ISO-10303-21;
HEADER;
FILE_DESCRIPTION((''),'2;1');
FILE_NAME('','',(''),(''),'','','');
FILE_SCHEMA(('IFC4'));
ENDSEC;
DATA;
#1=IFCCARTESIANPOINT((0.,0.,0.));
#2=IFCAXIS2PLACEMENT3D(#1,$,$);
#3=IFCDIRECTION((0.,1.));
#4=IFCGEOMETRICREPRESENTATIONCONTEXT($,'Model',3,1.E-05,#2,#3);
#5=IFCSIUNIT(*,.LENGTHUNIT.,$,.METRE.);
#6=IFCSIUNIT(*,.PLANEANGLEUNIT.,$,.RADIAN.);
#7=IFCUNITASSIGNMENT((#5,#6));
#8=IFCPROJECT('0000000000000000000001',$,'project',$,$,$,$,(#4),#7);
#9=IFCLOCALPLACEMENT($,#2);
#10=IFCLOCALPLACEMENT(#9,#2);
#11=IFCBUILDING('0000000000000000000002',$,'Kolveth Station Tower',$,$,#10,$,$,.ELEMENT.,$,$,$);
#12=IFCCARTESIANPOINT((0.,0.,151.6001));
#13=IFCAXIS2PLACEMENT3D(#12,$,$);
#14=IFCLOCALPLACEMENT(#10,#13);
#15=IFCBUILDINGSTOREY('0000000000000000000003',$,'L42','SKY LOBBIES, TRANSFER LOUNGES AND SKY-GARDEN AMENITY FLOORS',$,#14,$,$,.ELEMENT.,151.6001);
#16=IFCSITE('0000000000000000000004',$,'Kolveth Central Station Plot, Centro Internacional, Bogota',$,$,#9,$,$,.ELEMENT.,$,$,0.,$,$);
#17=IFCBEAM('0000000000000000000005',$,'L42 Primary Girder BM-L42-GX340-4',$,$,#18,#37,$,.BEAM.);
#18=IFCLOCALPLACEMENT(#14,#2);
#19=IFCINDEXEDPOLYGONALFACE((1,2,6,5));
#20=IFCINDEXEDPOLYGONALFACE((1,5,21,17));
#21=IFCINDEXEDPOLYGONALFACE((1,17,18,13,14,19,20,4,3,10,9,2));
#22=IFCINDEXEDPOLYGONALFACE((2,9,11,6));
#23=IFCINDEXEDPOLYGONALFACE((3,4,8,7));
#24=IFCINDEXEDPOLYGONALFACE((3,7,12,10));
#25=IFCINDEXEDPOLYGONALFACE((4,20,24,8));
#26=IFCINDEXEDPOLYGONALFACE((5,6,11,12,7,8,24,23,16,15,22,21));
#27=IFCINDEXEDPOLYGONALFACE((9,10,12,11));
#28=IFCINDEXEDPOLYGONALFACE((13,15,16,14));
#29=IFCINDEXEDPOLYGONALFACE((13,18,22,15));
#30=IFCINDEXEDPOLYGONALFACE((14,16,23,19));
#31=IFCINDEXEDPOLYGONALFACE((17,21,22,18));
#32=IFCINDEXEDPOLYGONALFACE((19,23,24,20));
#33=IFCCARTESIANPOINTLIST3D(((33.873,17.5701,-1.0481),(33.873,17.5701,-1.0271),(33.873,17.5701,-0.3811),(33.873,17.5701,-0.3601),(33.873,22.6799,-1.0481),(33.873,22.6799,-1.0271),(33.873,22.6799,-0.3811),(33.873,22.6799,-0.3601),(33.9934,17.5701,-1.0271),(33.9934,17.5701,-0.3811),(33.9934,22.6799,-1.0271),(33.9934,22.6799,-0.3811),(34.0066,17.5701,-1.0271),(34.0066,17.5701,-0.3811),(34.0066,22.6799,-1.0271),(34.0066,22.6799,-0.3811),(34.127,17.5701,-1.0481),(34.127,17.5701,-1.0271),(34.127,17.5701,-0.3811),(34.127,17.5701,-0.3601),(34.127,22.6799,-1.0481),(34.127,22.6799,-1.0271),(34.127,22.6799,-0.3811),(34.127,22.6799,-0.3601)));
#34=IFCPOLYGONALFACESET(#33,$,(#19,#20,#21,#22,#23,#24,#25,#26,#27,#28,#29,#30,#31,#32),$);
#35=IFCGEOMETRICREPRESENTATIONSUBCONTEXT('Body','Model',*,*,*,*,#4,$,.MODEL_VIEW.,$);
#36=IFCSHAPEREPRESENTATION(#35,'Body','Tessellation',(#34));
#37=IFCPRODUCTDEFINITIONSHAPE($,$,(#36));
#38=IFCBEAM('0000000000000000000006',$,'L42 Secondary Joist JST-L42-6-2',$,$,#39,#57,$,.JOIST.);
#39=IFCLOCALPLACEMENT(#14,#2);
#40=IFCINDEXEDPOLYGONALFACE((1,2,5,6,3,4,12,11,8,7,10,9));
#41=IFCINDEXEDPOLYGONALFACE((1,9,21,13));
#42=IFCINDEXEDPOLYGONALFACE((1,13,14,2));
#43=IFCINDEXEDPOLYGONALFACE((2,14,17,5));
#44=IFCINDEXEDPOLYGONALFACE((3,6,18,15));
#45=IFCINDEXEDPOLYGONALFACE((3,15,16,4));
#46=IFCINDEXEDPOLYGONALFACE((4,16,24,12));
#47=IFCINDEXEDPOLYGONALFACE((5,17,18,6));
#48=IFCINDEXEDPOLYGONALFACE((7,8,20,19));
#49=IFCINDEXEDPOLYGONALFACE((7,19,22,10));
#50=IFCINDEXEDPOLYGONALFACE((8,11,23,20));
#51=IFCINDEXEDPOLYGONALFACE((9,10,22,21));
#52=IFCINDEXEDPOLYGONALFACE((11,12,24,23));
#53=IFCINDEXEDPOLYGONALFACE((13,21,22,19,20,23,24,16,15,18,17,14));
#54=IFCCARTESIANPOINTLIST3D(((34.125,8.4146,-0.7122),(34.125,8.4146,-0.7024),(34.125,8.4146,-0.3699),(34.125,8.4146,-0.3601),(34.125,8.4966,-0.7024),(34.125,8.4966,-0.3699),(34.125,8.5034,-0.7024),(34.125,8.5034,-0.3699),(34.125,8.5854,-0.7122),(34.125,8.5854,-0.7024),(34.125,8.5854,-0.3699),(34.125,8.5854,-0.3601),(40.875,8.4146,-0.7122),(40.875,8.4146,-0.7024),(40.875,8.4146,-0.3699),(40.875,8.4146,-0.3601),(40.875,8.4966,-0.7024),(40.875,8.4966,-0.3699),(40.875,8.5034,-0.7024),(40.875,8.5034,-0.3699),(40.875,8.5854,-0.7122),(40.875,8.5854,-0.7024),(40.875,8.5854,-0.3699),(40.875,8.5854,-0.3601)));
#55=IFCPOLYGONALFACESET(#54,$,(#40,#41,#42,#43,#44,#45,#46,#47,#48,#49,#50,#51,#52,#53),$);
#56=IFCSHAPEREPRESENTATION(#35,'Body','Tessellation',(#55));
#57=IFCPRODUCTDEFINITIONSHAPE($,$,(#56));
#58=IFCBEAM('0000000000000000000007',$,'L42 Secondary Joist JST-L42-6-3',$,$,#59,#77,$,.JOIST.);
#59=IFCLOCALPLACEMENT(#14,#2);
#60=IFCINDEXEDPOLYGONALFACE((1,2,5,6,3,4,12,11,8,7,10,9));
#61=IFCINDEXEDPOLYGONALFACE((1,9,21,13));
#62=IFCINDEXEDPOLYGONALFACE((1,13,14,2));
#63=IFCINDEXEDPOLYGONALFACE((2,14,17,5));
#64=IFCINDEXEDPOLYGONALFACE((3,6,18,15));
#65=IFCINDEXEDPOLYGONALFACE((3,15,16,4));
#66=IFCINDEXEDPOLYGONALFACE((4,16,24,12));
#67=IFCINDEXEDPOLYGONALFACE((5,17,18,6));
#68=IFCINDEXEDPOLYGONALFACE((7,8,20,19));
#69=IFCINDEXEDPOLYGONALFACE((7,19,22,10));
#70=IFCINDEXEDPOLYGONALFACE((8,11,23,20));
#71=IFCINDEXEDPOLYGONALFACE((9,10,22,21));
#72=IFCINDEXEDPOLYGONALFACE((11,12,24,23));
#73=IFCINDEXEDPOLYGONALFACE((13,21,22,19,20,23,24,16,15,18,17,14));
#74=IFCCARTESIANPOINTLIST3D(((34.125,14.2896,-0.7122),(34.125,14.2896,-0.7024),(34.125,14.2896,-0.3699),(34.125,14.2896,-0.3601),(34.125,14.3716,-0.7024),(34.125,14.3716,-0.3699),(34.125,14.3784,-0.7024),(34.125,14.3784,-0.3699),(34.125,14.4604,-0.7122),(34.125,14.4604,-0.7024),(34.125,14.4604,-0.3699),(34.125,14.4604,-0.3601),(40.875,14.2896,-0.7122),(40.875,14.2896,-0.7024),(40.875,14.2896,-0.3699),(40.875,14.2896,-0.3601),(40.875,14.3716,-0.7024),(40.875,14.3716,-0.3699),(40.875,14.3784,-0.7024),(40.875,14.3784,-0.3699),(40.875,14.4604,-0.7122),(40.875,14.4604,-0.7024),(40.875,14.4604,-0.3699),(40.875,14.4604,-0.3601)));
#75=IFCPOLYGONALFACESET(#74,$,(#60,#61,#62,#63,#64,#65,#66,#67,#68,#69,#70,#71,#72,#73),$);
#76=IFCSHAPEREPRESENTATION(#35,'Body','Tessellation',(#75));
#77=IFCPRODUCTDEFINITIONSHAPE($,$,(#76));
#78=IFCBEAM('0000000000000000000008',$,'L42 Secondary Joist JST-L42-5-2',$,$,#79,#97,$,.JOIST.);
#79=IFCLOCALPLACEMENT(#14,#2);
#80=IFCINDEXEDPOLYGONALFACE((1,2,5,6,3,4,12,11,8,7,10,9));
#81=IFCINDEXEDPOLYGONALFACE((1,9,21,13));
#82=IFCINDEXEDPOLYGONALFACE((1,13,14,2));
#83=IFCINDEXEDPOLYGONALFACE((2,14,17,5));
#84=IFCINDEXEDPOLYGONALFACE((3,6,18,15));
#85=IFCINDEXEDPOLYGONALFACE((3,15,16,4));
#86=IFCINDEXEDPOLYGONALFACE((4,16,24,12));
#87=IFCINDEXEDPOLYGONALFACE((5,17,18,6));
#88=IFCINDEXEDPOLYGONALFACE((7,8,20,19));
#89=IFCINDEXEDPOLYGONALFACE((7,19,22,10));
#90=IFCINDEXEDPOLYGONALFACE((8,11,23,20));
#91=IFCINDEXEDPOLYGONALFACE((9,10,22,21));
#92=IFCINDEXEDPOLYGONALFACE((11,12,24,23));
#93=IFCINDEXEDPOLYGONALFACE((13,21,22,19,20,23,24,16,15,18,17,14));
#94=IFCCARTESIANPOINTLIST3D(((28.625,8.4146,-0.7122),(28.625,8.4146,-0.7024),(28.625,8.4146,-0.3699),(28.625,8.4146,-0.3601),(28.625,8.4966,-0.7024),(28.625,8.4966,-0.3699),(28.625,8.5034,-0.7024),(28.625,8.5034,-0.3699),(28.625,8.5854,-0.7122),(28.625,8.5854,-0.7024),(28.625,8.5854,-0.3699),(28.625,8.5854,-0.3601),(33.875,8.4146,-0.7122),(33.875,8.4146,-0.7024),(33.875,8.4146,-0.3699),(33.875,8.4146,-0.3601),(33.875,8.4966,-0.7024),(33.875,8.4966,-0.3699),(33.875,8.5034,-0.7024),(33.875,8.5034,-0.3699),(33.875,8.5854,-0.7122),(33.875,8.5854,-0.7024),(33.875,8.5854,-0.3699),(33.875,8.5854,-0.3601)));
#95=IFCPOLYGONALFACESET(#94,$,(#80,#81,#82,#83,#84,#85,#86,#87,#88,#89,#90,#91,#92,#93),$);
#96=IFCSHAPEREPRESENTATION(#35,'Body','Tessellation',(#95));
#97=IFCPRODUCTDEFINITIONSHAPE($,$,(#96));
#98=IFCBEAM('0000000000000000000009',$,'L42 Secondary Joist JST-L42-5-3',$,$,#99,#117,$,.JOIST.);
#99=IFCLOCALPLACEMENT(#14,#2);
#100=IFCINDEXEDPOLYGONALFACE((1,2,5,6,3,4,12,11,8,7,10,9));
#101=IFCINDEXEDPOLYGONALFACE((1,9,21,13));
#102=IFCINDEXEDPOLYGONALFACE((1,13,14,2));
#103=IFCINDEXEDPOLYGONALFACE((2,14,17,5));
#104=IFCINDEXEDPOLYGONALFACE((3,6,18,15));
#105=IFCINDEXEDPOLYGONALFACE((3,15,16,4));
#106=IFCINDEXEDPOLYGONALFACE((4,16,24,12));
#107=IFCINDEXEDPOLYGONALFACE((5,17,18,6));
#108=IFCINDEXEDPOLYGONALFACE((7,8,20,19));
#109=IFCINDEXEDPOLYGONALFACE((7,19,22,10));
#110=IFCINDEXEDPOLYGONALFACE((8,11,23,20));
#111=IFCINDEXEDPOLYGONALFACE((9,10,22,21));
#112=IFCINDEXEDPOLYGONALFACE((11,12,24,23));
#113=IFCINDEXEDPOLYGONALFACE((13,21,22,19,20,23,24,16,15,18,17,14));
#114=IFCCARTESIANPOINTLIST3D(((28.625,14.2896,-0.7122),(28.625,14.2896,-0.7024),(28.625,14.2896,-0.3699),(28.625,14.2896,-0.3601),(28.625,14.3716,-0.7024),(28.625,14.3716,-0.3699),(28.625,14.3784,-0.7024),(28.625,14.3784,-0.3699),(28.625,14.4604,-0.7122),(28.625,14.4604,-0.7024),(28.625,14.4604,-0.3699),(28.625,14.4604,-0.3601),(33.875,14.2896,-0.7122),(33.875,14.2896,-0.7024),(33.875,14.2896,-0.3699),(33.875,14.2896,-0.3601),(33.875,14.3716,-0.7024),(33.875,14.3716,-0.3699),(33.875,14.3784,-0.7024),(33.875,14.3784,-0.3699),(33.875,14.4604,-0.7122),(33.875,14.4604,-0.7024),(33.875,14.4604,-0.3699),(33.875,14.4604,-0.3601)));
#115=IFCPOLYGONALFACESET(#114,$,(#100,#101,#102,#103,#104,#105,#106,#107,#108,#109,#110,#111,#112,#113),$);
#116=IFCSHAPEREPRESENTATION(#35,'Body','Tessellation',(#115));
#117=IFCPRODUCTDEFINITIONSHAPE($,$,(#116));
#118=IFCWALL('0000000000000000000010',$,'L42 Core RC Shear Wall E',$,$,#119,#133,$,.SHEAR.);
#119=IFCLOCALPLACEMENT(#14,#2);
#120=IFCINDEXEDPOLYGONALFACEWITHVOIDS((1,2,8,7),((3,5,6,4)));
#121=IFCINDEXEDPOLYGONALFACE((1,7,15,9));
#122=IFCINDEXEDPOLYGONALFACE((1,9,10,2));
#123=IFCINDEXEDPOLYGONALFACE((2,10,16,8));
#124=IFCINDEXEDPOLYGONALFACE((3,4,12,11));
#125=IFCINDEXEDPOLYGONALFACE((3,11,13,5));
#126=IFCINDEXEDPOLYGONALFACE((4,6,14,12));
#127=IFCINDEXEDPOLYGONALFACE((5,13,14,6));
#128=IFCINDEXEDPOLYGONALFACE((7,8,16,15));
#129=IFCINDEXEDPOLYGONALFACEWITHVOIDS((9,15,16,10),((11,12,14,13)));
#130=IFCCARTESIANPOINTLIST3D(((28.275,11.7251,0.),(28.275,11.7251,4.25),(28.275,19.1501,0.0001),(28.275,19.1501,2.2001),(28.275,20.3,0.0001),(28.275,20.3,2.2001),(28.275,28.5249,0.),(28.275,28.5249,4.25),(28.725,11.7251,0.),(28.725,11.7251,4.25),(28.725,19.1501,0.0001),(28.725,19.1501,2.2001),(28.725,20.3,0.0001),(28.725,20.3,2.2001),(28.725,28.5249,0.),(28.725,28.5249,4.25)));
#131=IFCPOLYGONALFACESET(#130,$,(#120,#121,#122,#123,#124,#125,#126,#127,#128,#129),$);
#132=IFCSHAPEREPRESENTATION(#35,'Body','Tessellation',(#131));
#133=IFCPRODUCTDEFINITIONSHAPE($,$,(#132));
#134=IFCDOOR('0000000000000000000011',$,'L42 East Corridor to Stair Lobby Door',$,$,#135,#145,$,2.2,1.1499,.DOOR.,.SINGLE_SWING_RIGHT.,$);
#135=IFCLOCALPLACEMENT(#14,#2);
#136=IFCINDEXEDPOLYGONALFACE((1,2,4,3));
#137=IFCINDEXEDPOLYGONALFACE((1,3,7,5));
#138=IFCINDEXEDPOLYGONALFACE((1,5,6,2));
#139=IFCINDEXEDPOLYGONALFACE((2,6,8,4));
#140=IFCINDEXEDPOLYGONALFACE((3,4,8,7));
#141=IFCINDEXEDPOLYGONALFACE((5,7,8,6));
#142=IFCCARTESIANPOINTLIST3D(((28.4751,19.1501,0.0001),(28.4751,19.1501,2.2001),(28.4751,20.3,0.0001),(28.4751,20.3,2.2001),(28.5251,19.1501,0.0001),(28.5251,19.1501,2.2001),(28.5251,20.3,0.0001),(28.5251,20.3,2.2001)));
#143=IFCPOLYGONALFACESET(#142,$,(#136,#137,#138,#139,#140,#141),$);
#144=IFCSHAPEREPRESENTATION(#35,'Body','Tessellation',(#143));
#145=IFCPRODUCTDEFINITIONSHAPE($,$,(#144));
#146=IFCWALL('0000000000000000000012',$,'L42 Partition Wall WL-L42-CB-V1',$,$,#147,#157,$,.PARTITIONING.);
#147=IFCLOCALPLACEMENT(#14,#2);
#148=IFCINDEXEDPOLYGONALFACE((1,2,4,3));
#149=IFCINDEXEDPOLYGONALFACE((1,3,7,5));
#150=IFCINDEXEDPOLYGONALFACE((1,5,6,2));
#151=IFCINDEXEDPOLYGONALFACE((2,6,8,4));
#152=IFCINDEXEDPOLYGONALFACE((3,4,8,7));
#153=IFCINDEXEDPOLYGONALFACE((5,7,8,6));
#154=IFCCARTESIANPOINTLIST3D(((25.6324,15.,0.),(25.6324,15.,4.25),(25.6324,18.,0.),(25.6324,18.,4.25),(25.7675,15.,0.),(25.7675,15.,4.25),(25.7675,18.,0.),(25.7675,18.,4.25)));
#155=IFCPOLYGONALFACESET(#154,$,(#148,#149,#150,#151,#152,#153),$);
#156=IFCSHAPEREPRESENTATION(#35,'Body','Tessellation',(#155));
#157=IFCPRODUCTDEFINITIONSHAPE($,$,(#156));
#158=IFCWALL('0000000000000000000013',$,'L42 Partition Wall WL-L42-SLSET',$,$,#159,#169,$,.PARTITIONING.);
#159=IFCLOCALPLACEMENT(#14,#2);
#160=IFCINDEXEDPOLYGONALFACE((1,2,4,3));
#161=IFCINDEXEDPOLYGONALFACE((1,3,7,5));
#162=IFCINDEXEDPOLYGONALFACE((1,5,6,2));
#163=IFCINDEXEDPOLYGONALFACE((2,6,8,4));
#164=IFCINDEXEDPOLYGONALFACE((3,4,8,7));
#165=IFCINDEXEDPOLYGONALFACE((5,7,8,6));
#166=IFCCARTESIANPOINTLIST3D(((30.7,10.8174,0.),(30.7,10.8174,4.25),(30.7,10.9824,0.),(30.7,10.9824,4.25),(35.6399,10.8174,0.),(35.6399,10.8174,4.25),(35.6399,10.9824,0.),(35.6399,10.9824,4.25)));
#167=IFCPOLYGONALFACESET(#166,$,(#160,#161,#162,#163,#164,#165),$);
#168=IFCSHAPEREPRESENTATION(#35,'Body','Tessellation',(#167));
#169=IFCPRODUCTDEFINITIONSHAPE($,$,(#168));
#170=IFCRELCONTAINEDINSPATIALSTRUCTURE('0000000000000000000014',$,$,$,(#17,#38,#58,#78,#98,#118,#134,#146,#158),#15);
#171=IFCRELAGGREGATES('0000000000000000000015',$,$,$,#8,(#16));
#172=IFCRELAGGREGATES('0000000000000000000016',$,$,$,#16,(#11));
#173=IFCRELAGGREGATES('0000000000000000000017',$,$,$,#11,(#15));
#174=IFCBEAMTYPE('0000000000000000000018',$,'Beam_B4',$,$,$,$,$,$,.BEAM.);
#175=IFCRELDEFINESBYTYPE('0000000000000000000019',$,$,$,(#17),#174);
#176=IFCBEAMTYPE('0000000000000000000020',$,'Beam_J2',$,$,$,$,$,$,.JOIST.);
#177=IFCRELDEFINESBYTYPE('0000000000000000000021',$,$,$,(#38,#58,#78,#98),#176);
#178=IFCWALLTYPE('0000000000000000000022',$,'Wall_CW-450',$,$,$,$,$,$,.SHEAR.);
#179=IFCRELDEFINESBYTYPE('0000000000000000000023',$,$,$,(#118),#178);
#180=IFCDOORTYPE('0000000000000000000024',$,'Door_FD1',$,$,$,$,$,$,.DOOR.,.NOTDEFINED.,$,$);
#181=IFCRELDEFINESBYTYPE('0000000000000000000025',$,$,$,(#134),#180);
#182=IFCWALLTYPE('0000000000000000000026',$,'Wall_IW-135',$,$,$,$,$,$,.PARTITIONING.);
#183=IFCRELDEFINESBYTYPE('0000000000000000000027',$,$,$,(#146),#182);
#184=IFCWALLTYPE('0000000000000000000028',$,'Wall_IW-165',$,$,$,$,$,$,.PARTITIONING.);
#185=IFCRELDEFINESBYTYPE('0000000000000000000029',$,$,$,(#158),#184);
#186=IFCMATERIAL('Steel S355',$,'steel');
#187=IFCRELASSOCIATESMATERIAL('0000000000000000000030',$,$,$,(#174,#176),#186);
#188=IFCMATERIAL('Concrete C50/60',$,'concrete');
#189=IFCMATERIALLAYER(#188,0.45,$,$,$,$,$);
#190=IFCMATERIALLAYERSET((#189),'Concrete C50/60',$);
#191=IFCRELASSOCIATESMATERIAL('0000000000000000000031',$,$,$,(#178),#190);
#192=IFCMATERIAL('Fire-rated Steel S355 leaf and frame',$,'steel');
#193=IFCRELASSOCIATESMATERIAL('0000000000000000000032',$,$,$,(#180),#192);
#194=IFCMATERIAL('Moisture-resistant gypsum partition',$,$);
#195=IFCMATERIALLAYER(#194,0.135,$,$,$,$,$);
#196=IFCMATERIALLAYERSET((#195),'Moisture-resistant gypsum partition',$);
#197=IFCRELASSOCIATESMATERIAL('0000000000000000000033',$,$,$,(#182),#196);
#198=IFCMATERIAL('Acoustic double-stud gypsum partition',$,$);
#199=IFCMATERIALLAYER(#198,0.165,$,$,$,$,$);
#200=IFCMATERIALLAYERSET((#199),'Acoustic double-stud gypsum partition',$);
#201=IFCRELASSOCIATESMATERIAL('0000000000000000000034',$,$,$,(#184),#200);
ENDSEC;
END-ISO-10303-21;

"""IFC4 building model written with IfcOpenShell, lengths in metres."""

from ifc_helpers import new_model, si_unit, direction, frame, frame_2d, origin, origin_2d, place, context, subcontext, project, spatial, rectangle, i_section, extrude, source, transform, mapped, material, layer, layer_set, material_profile, profile_set, type_object, element, fill, save


model = new_model("IFC4")

# Units and contexts
model_context = context("Model", 3, precision=1e-05, world=origin(), true_north=direction((0.0, 1.0)))
body_context = subcontext(model_context, "Body", "Model", "MODEL_VIEW")
ifc_project = project(units=[si_unit("LENGTHUNIT", "METRE"), si_unit("PLANEANGLEUNIT", "RADIAN")], contexts=[model_context])

# Site, building, storey
site_placement = place(None, origin())
site = spatial("IfcSite", under=ifc_project, at=site_placement, Name="Kolveth Central Station Plot, Centro Internacional, Bogota", CompositionType="ELEMENT", RefElevation=0.0)
building_placement = place(site_placement, origin())
building = spatial("IfcBuilding", under=site, at=building_placement, Name="Kolveth Station Tower", CompositionType="ELEMENT")
storey_placement = place(building_placement, frame((0.0, 0.0, 151.6001)))
storey = spatial("IfcBuildingStorey", under=building, at=storey_placement, Name="L42", Description="SKY LOBBIES, TRANSFER LOUNGES AND SKY-GARDEN AMENITY FLOORS", CompositionType="ELEMENT", Elevation=151.6001)

# Shared definitions
ifc_material_1 = material(Name="Steel S355", Category="steel")

# Beams
ifc_material_profile_1 = material_profile(ifc_material_1, i_section(OverallWidth=0.2539, OverallDepth=0.688, WebThickness=0.0132, FlangeThickness=0.021, at=origin_2d()), Name="W690x152")
ifc_profile_set_1 = profile_set([ifc_material_profile_1], Name="Steel S355")
beam_type_1 = type_object("IfcBeamType", Name="Beam_B4", PredefinedType="BEAM", material=ifc_profile_set_1)
shared_shape_1 = source(origin(), body_context, "Body", "SweptSolid", [
    extrude(i_section(OverallWidth=0.2539, OverallDepth=0.688, WebThickness=0.0132, FlangeThickness=0.021, at=origin_2d()), origin(), (0.0, 0.0, 1.0), 5.1099),
])
for number, where, z_axis, x_axis, name in (
    (1, (34.0, 17.5701, -0.7041), (0.0, 1.0, 0.0), (-1.0, 0.0, 0.0), "L42 Primary Girder BM-L42-GX340-4"),
):
    element("IfcBeam", number, at=place(storey_placement, frame(where, z_axis=z_axis, x_axis=x_axis)), inside=storey, type_object=beam_type_1, Name=name, PredefinedType="BEAM", context=body_context, shape_type="MappedRepresentation", body=[
        mapped(shared_shape_1, transform((0.0, 0.0, 0.0), x_axis=(1.0, 0.0, 0.0), y_axis=(0.0, 1.0, 0.0), z_axis=(0.0, 0.0, 1.0), scale=1.0)),
    ])
ifc_material_profile_2 = material_profile(ifc_material_1, i_section(OverallWidth=0.1709, OverallDepth=0.3521, WebThickness=0.0068, FlangeThickness=0.0098, at=origin_2d()), Name="W360x44")
ifc_profile_set_2 = profile_set([ifc_material_profile_2], Name="Steel S355")
beam_type_2 = type_object("IfcBeamType", Name="Beam_J2", PredefinedType="JOIST", material=ifc_profile_set_2)
shared_shape_2 = source(origin(), body_context, "Body", "SweptSolid", [
    extrude(i_section(OverallWidth=0.1709, OverallDepth=0.3521, WebThickness=0.0068, FlangeThickness=0.0098, at=origin_2d()), origin(), (0.0, 0.0, 1.0), 6.75),
])
for number, where, z_axis, x_axis, name in (
    (2, (34.125, 8.5, -0.5361), (1.0, 0.0, 0.0), (0.0, 1.0, 0.0), "L42 Secondary Joist JST-L42-6-2"),
    (3, (34.125, 14.375, -0.5361), (1.0, 0.0, 0.0), (0.0, 1.0, 0.0), "L42 Secondary Joist JST-L42-6-3"),
):
    element("IfcBeam", number, at=place(storey_placement, frame(where, z_axis=z_axis, x_axis=x_axis)), inside=storey, type_object=beam_type_2, Name=name, PredefinedType="JOIST", context=body_context, shape_type="MappedRepresentation", body=[
        mapped(shared_shape_2, transform((0.0, 0.0, 0.0), x_axis=(1.0, 0.0, 0.0), y_axis=(0.0, 1.0, 0.0), z_axis=(0.0, 0.0, 1.0), scale=1.0)),
    ])
shared_shape_3 = source(origin(), body_context, "Body", "SweptSolid", [
    extrude(i_section(OverallWidth=0.1709, OverallDepth=0.3521, WebThickness=0.0068, FlangeThickness=0.0098, at=origin_2d()), origin(), (0.0, 0.0, 1.0), 5.25),
])
for number, where, z_axis, x_axis, name in (
    (4, (28.625, 8.5, -0.5361), (1.0, 0.0, 0.0), (0.0, 1.0, 0.0), "L42 Secondary Joist JST-L42-5-2"),
    (5, (28.625, 14.375, -0.5361), (1.0, 0.0, 0.0), (0.0, 1.0, 0.0), "L42 Secondary Joist JST-L42-5-3"),
):
    element("IfcBeam", number, at=place(storey_placement, frame(where, z_axis=z_axis, x_axis=x_axis)), inside=storey, type_object=beam_type_2, Name=name, PredefinedType="JOIST", context=body_context, shape_type="MappedRepresentation", body=[
        mapped(shared_shape_3, transform((0.0, 0.0, 0.0), x_axis=(1.0, 0.0, 0.0), y_axis=(0.0, 1.0, 0.0), z_axis=(0.0, 0.0, 1.0), scale=1.0)),
    ])

# Wall, opening, door
ifc_material_2 = material(Name="Concrete C50/60", Category="concrete")
ifc_layer_1 = layer(ifc_material_2, 0.45)
ifc_layer_set_1 = layer_set([ifc_layer_1], Name="Concrete C50/60")
wall_type_1 = type_object("IfcWallType", Name="Wall_CW-450", PredefinedType="SHEAR", material=ifc_layer_set_1)
wall_1_placement = place(storey_placement, frame((28.5, 11.7251, 0.0), z_axis=(0.0, 0.0, 1.0), x_axis=(0.0, 1.0, 0.0)))
wall_1 = element("IfcWall", 6, at=wall_1_placement, inside=storey, type_object=wall_type_1, Name="L42 Core RC Shear Wall E", PredefinedType="SHEAR", context=body_context, shape_type="SweptSolid", body=[
    extrude(rectangle(XDim=16.7998, YDim=0.45, at=frame_2d((8.3999, 0.0))), origin(), (0.0, 0.0, 1.0), 4.25),
])
opening_1_placement = place(wall_1_placement, frame((7.425, 0.0, 0.0)))
opening_1 = element("IfcOpeningElement", 7, at=opening_1_placement, cuts=wall_1, PredefinedType="OPENING", context=body_context, shape_type="SweptSolid", body=[
    extrude(rectangle(XDim=1.1499, YDim=2.2, at=frame_2d((0.575, 1.1001))), frame((0.0, 0.2349, 0.0), z_axis=(0.0, -1.0, 0.0), x_axis=(1.0, 0.0, 0.0)), (0.0, 0.0, 1.0), 0.47),
])
ifc_material_3 = material(Name="Fire-rated Steel S355 leaf and frame", Category="steel")
door_type_1 = type_object("IfcDoorType", Name="Door_FD1", OperationType="NOTDEFINED", PredefinedType="DOOR", material=ifc_material_3)
door_1_placement = place(opening_1_placement, origin())
door_1 = element("IfcDoor", 8, at=door_1_placement, inside=storey, type_object=door_type_1, Name="L42 East Corridor to Stair Lobby Door", OperationType="SINGLE_SWING_RIGHT", OverallHeight=2.2, OverallWidth=1.1499, PredefinedType="DOOR", context=body_context, shape_type="SweptSolid", body=[
    extrude(rectangle(XDim=1.1499, YDim=2.2, at=frame_2d((0.575, 1.1001))), frame((0.0, 0.0249, 0.0), z_axis=(0.0, -1.0, 0.0), x_axis=(1.0, 0.0, 0.0)), (0.0, 0.0, 1.0), 0.05),
])
fill(opening_1, door_1)

# Walls
ifc_material_4 = material(Name="Moisture-resistant gypsum partition")
ifc_layer_2 = layer(ifc_material_4, 0.135)
ifc_layer_set_2 = layer_set([ifc_layer_2], Name="Moisture-resistant gypsum partition")
wall_type_2 = type_object("IfcWallType", Name="Wall_IW-135", PredefinedType="PARTITIONING", material=ifc_layer_set_2)
wall_2_placement = place(storey_placement, frame((25.7, 15.0, 0.0), z_axis=(0.0, 0.0, 1.0), x_axis=(0.0, 1.0, 0.0)))
element("IfcWall", 9, at=wall_2_placement, inside=storey, type_object=wall_type_2, Name="L42 Partition Wall WL-L42-CB-V1", PredefinedType="PARTITIONING", context=body_context, shape_type="SweptSolid", body=[
    extrude(rectangle(XDim=3.0, YDim=0.135, at=frame_2d((1.5, 0.0))), origin(), (0.0, 0.0, 1.0), 4.25),
])
ifc_material_5 = material(Name="Acoustic double-stud gypsum partition")
ifc_layer_3 = layer(ifc_material_5, 0.165)
ifc_layer_set_3 = layer_set([ifc_layer_3], Name="Acoustic double-stud gypsum partition")
wall_type_3 = type_object("IfcWallType", Name="Wall_IW-165", PredefinedType="PARTITIONING", material=ifc_layer_set_3)
wall_3_placement = place(storey_placement, frame((30.7, 10.8999, 0.0), z_axis=(0.0, 0.0, 1.0), x_axis=(1.0, 0.0, 0.0)))
element("IfcWall", 10, at=wall_3_placement, inside=storey, type_object=wall_type_3, Name="L42 Partition Wall WL-L42-SLSET", PredefinedType="PARTITIONING", context=body_context, shape_type="SweptSolid", body=[
    extrude(rectangle(XDim=4.9399, YDim=0.165, at=frame_2d((2.47, 0.0))), origin(), (0.0, 0.0, 1.0), 4.25),
])

save(model, "model.ifc")
